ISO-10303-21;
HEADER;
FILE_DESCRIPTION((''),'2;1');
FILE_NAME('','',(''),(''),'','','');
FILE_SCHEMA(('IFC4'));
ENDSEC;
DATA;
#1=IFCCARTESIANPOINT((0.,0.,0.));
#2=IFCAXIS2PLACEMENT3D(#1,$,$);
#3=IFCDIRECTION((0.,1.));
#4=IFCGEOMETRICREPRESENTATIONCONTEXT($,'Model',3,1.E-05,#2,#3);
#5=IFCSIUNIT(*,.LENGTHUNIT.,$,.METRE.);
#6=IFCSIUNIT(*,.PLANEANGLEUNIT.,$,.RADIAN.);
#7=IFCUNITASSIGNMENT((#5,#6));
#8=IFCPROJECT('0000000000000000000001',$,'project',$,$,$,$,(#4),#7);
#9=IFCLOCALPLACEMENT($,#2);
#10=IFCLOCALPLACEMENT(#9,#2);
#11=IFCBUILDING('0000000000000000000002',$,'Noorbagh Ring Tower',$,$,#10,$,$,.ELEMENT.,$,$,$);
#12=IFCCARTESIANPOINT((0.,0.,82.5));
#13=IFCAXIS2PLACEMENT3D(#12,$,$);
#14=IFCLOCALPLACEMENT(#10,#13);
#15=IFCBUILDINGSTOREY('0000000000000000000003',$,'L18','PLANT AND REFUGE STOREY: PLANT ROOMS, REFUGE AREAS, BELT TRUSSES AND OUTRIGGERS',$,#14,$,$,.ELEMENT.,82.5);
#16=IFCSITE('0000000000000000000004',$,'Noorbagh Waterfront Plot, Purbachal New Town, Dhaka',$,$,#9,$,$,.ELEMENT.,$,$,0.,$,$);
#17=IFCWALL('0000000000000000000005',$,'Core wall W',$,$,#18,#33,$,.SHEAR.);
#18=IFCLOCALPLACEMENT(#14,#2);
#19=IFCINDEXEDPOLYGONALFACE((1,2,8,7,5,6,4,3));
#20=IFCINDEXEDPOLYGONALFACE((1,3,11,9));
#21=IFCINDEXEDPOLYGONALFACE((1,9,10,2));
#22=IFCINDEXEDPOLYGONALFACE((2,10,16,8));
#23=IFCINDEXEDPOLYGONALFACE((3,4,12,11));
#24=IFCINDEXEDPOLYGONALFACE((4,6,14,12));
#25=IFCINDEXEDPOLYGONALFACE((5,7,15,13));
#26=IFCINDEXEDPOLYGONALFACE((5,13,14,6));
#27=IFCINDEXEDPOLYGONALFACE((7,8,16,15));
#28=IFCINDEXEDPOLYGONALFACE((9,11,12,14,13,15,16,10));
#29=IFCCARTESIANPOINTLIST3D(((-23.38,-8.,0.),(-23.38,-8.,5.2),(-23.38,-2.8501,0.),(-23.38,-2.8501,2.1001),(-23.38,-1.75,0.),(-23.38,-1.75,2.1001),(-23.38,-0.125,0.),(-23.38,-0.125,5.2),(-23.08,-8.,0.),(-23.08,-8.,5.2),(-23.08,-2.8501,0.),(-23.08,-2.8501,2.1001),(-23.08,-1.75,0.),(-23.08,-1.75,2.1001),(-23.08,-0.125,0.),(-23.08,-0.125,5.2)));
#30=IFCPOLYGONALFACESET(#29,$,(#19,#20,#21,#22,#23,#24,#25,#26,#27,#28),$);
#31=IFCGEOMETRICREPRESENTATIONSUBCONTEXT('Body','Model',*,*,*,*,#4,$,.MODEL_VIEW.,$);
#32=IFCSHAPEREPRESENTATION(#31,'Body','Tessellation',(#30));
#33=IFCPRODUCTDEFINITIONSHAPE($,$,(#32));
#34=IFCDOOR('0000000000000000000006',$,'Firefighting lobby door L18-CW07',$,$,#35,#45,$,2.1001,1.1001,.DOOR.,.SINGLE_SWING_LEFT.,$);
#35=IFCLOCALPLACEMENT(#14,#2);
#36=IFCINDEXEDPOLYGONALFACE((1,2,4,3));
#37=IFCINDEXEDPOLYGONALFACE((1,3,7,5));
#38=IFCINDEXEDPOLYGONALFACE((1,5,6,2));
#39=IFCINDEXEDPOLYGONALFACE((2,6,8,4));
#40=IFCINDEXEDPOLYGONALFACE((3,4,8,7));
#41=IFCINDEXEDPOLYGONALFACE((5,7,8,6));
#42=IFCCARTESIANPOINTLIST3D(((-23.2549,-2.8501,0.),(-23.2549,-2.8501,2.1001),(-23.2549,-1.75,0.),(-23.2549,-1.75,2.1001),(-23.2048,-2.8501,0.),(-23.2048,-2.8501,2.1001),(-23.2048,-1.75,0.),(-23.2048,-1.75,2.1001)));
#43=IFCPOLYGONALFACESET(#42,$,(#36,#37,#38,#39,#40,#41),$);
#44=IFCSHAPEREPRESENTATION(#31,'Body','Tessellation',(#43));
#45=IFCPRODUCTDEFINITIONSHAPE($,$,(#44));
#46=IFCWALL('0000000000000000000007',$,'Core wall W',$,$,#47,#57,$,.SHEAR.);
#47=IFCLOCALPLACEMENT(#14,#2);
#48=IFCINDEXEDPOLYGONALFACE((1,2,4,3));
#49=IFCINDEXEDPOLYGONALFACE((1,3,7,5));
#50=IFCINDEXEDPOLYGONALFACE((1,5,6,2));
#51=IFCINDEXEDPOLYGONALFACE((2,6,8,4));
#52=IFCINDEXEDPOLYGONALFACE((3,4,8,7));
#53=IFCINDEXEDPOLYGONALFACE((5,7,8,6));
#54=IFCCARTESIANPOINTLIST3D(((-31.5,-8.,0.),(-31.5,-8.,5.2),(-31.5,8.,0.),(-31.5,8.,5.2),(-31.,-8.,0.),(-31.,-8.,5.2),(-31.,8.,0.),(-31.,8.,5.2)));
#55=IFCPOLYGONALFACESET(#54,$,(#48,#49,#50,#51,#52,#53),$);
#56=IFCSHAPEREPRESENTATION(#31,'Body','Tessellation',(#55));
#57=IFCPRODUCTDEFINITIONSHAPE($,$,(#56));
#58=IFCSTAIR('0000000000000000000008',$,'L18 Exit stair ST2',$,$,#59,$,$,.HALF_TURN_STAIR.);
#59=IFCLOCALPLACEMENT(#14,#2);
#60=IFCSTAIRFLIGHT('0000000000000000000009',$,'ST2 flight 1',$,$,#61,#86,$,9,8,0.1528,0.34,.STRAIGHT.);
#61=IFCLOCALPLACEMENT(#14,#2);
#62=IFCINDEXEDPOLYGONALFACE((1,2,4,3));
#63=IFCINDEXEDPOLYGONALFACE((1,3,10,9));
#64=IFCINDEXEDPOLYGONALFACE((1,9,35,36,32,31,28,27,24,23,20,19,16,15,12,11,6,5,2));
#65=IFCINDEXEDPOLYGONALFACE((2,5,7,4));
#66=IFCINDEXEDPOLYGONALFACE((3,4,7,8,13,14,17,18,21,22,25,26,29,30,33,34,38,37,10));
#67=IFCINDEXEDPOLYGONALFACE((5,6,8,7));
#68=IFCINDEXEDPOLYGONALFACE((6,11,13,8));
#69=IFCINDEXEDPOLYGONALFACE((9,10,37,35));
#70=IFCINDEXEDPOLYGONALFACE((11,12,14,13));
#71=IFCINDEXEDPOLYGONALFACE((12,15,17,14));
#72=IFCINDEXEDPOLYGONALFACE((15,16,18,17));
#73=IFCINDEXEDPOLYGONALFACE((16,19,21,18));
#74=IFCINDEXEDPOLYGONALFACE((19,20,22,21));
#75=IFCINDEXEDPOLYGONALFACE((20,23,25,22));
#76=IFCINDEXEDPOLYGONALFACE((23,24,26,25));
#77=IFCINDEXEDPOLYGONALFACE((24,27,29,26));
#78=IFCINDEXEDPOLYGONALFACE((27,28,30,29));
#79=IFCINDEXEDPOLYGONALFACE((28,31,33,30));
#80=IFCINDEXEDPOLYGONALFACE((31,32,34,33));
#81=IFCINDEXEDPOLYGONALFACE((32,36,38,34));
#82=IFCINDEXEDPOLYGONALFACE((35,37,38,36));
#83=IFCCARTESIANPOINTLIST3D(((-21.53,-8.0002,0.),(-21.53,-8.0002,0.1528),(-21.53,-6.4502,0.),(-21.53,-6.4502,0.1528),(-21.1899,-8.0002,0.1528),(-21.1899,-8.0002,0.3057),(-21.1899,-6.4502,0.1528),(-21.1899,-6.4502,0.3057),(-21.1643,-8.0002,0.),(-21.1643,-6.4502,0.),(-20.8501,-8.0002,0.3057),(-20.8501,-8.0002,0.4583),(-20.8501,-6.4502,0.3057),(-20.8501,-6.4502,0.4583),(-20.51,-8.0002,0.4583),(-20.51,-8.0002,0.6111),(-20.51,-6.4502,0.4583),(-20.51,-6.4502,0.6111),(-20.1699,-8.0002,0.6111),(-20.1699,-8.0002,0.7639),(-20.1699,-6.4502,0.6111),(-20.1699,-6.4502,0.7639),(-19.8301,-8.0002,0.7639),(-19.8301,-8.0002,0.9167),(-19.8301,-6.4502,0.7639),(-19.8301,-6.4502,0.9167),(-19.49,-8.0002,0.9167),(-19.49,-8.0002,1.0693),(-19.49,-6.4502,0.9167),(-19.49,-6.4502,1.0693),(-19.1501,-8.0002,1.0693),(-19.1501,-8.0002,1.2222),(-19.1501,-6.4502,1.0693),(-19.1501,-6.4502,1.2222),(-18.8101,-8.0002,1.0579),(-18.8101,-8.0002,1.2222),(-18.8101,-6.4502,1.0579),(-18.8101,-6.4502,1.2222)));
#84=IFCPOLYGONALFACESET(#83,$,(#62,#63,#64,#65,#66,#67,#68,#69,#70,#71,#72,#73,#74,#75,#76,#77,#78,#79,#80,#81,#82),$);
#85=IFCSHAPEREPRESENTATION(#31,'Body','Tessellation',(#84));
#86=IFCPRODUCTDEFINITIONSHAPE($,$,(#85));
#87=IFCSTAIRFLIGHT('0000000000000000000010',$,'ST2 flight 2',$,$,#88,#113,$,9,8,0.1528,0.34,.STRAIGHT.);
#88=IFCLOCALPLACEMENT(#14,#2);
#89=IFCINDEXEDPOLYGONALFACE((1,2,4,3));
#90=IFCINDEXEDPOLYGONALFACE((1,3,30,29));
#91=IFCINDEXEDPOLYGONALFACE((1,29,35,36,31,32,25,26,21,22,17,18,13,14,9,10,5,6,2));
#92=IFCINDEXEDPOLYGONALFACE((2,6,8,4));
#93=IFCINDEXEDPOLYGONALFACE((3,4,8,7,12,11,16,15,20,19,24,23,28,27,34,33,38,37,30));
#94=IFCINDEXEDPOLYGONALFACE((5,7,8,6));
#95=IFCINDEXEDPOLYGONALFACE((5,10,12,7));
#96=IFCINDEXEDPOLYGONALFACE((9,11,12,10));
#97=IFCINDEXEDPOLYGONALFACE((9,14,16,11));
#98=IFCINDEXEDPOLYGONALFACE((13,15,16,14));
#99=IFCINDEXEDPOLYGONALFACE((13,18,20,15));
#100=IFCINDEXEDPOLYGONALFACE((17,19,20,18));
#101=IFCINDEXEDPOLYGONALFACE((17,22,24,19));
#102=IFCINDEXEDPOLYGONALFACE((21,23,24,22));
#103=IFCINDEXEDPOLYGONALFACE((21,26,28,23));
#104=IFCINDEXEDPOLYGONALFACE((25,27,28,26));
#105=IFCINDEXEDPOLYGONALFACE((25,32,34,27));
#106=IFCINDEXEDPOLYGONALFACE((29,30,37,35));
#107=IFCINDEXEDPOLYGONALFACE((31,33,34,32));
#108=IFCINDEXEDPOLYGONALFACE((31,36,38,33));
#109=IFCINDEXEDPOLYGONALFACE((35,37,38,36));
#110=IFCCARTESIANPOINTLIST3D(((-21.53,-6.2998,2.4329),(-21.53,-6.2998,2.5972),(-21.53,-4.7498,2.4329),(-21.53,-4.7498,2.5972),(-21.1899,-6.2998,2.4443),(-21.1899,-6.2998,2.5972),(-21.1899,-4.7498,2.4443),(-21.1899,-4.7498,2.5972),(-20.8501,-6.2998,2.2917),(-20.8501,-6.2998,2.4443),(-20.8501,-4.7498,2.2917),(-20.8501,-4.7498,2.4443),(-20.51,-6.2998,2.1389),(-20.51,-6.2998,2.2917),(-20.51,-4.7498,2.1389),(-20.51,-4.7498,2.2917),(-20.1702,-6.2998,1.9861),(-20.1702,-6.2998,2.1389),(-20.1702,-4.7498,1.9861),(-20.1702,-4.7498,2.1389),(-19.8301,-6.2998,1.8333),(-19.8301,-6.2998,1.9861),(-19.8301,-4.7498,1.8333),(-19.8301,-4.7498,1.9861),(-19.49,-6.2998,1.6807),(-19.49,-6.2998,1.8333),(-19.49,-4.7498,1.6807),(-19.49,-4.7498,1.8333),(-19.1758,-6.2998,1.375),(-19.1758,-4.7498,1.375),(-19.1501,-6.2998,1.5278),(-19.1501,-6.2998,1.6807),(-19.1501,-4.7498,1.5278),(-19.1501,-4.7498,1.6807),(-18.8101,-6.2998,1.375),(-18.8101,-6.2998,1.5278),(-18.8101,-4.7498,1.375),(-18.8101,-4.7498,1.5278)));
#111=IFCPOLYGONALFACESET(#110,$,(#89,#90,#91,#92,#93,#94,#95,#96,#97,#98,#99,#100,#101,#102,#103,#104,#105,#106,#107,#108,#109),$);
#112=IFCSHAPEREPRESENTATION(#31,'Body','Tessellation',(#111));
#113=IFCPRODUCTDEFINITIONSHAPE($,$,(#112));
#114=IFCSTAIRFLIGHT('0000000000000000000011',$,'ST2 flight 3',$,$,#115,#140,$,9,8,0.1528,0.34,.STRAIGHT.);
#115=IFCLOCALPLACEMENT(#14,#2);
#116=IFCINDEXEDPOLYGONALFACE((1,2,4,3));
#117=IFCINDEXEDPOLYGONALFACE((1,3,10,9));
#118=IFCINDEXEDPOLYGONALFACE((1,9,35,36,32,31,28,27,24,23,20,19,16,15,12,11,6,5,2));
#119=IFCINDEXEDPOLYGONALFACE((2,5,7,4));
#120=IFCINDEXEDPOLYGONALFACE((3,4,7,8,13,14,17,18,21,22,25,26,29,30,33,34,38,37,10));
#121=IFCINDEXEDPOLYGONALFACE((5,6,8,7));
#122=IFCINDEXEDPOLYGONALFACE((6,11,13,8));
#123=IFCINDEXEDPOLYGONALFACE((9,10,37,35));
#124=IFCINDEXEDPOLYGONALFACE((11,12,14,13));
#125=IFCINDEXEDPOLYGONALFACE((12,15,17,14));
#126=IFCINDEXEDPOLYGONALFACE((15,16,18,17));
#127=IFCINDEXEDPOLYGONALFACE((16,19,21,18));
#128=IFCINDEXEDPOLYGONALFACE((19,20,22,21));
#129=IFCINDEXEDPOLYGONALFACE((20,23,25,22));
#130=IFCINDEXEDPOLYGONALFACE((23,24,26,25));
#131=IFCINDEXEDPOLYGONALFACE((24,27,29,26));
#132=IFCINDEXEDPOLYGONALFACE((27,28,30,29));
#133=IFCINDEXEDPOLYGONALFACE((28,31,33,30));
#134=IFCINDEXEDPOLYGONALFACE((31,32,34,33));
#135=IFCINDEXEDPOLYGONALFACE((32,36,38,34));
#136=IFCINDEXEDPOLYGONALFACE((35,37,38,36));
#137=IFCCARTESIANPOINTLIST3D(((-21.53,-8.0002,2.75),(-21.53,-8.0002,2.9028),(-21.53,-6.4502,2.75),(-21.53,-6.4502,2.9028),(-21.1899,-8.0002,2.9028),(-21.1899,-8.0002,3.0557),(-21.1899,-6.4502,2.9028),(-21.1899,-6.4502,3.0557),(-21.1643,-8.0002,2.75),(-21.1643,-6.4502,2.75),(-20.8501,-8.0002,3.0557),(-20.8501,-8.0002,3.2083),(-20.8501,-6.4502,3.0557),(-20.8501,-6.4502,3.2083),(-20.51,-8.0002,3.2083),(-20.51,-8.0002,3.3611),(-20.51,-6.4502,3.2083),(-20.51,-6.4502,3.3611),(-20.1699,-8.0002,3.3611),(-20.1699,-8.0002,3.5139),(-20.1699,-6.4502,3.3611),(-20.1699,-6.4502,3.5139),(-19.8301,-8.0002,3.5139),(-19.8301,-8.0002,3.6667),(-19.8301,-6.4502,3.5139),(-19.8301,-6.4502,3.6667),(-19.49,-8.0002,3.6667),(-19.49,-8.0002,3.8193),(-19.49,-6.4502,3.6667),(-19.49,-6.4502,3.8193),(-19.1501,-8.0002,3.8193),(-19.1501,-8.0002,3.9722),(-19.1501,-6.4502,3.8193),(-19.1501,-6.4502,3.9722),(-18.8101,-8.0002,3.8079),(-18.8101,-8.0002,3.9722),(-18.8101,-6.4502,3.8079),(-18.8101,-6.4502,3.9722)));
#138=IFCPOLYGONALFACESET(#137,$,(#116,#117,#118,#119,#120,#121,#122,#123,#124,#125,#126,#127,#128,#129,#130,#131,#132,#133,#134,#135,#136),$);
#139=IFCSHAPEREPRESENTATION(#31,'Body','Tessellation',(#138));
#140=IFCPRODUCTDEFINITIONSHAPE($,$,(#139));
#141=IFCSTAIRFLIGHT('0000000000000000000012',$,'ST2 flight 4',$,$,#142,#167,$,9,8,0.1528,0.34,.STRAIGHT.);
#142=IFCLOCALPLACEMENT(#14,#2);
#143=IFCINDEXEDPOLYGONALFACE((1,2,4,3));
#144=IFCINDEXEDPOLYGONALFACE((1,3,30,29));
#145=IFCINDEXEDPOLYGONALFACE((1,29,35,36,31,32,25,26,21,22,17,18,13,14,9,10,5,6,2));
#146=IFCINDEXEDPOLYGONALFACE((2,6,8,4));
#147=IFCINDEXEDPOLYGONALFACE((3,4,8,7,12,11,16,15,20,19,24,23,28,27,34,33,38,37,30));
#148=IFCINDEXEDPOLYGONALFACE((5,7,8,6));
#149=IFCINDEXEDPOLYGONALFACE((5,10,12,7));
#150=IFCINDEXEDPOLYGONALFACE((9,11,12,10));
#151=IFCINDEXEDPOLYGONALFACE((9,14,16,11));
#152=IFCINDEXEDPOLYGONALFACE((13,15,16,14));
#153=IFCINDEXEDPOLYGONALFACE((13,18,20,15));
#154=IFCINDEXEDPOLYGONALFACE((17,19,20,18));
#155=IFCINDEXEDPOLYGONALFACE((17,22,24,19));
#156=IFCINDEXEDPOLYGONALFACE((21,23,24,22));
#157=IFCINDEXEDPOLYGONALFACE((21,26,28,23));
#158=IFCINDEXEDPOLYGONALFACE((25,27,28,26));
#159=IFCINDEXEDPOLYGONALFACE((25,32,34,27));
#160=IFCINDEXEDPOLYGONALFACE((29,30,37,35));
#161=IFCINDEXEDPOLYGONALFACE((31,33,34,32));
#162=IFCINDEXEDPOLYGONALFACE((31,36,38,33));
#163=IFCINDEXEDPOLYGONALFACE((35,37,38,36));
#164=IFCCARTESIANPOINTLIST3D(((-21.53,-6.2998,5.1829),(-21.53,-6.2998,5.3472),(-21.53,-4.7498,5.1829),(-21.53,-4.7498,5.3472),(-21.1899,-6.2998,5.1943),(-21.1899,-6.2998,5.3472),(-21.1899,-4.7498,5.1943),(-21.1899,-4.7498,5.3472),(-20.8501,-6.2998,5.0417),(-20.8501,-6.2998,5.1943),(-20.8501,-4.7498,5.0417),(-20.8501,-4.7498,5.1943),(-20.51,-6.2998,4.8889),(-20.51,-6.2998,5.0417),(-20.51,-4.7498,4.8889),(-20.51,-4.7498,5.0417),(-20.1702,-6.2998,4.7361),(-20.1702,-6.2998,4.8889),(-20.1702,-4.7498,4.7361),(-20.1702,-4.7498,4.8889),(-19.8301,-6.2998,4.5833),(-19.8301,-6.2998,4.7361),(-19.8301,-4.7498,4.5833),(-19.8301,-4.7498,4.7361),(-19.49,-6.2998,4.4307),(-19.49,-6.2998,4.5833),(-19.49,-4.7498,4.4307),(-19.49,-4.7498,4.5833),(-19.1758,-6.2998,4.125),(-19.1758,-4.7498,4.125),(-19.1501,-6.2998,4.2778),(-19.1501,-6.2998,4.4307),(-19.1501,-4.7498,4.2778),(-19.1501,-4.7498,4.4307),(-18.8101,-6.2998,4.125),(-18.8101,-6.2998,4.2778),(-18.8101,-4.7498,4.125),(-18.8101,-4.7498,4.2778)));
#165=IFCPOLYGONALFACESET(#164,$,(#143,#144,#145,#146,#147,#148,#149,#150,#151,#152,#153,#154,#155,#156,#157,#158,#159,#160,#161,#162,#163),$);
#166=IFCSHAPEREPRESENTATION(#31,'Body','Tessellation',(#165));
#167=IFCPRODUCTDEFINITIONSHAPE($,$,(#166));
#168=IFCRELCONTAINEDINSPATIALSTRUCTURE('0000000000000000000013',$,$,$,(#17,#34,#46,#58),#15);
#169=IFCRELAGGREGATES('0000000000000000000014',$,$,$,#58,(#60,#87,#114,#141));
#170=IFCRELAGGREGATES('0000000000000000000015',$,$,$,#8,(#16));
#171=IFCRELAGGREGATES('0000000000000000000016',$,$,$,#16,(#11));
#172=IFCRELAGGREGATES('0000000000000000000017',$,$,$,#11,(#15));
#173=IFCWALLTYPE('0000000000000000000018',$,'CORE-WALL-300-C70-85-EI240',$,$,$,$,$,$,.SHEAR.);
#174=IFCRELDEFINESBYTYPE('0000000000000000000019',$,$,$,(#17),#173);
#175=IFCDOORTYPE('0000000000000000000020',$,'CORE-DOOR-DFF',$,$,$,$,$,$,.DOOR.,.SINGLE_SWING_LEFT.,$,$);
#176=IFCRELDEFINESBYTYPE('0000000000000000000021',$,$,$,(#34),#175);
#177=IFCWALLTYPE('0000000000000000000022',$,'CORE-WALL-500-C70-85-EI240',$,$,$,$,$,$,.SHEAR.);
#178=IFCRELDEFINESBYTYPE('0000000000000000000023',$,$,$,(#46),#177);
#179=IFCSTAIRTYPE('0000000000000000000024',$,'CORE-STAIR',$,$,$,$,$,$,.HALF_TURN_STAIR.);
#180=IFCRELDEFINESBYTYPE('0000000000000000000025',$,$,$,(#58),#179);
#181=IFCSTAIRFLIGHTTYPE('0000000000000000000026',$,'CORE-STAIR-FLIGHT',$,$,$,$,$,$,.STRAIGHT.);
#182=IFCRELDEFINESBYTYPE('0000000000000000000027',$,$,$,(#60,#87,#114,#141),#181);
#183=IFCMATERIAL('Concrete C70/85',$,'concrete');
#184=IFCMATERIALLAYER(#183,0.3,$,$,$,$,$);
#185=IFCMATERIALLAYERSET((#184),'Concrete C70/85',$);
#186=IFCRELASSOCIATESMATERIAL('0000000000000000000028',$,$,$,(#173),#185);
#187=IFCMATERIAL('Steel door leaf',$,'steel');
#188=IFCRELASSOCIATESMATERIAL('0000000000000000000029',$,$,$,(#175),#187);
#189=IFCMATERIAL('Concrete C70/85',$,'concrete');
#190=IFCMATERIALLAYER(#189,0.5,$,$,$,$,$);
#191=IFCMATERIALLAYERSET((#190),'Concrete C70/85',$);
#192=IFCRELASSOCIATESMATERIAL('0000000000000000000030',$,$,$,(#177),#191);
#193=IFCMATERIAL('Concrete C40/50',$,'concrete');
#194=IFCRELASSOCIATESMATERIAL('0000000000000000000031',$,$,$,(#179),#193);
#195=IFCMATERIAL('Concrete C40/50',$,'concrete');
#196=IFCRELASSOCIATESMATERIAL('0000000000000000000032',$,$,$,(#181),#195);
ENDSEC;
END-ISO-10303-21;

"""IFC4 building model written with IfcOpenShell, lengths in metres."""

from ifc_helpers import new_model, si_unit, direction, frame, frame_2d, origin, place, context, subcontext, project, spatial, polyline, rectangle, outline, extrude, material, layer, layer_set, type_object, element, fill, aggregate, save


model = new_model("IFC4")

# Units and contexts
model_context = context("Model", 3, precision=1e-05, world=origin(), true_north=direction((0.0, 1.0)))
body_context = subcontext(model_context, "Body", "Model", "MODEL_VIEW")
ifc_project = project(units=[si_unit("LENGTHUNIT", "METRE"), si_unit("PLANEANGLEUNIT", "RADIAN")], contexts=[model_context])

# Site, building, storey
site_placement = place(None, origin())
site = spatial("IfcSite", under=ifc_project, at=site_placement, Name="Noorbagh Waterfront Plot, Purbachal New Town, Dhaka", CompositionType="ELEMENT", RefElevation=0.0)
building_placement = place(site_placement, origin())
building = spatial("IfcBuilding", under=site, at=building_placement, Name="Noorbagh Ring Tower", CompositionType="ELEMENT")
storey_placement = place(building_placement, frame((0.0, 0.0, 82.5)))
storey = spatial("IfcBuildingStorey", under=building, at=storey_placement, Name="L18", Description="PLANT AND REFUGE STOREY: PLANT ROOMS, REFUGE AREAS, BELT TRUSSES AND OUTRIGGERS", CompositionType="ELEMENT", Elevation=82.5)

# Shared definitions
ifc_material_1 = material(Name="Concrete C70/85", Category="concrete")
ifc_layer_1 = layer(ifc_material_1, 0.3)
ifc_layer_set_1 = layer_set([ifc_layer_1], Name="Concrete C70/85")
wall_type_1 = type_object("IfcWallType", Name="CORE-WALL-300-C70-85-EI240", PredefinedType="SHEAR", material=ifc_layer_set_1)

# Wall, opening, door
wall_1_placement = place(storey_placement, frame((-23.23, -8.0, 0.0), z_axis=(0.0, 0.0, 1.0), x_axis=(0.0, 1.0, 0.0)))
wall_1 = element("IfcWall", 1, at=wall_1_placement, inside=storey, type_object=wall_type_1, Name="Core wall W", PredefinedType="SHEAR", context=body_context, shape_type="SweptSolid", body=[
    extrude(rectangle(XDim=7.875, YDim=0.3, at=frame_2d((3.9375, 0.0))), origin(), (0.0, 0.0, 1.0), 5.2),
])
opening_1_placement = place(wall_1_placement, frame((5.1499, 0.0, 0.0)))
opening_1 = element("IfcOpeningElement", 2, at=opening_1_placement, cuts=wall_1, PredefinedType="OPENING", context=body_context, shape_type="SweptSolid", body=[
    extrude(rectangle(XDim=1.1001, YDim=2.1001, at=frame_2d((0.55, 1.05))), frame((0.0, 0.1602, 0.0), z_axis=(0.0, -1.0, 0.0), x_axis=(1.0, 0.0, 0.0)), (0.0, 0.0, 1.0), 0.3201),
])
ifc_material_2 = material(Name="Steel door leaf", Category="steel")
door_type_1 = type_object("IfcDoorType", Name="CORE-DOOR-DFF", OperationType="SINGLE_SWING_LEFT", PredefinedType="DOOR", material=ifc_material_2)
door_1_placement = place(opening_1_placement, origin())
door_1 = element("IfcDoor", 3, at=door_1_placement, inside=storey, type_object=door_type_1, Name="Firefighting lobby door L18-CW07", OperationType="SINGLE_SWING_LEFT", OverallHeight=2.1001, OverallWidth=1.1001, PredefinedType="DOOR", context=body_context, shape_type="SweptSolid", body=[
    extrude(rectangle(XDim=1.1001, YDim=2.1001, at=frame_2d((0.55, 1.05))), frame((0.0, 0.0249, 0.0), z_axis=(0.0, -1.0, 0.0), x_axis=(1.0, 0.0, 0.0)), (0.0, 0.0, 1.0), 0.05),
])
fill(opening_1, door_1)

# Wall
ifc_material_3 = material(Name="Concrete C70/85", Category="concrete")
ifc_layer_2 = layer(ifc_material_3, 0.5)
ifc_layer_set_2 = layer_set([ifc_layer_2], Name="Concrete C70/85")
wall_type_2 = type_object("IfcWallType", Name="CORE-WALL-500-C70-85-EI240", PredefinedType="SHEAR", material=ifc_layer_set_2)
wall_2_placement = place(storey_placement, frame((-31.25, -8.0, 0.0), z_axis=(0.0, 0.0, 1.0), x_axis=(0.0, 1.0, 0.0)))
element("IfcWall", 4, at=wall_2_placement, inside=storey, type_object=wall_type_2, Name="Core wall W", PredefinedType="SHEAR", context=body_context, shape_type="SweptSolid", body=[
    extrude(rectangle(XDim=16.0, YDim=0.5, at=frame_2d((8.0, 0.0))), origin(), (0.0, 0.0, 1.0), 5.2),
])

# Stair, stair flights
ifc_material_4 = material(Name="Concrete C40/50", Category="concrete")
stair_type = type_object("IfcStairType", Name="CORE-STAIR", PredefinedType="HALF_TURN_STAIR", material=ifc_material_4)
stair_placement = place(storey_placement, origin())
stair = element("IfcStair", 5, at=stair_placement, inside=storey, type_object=stair_type, Name="L18 Exit stair ST2", PredefinedType="HALF_TURN_STAIR")
ifc_material_5 = material(Name="Concrete C40/50", Category="concrete")
stair_flight_type = type_object("IfcStairFlightType", Name="CORE-STAIR-FLIGHT", PredefinedType="STRAIGHT", material=ifc_material_5)
stair_flight_1_placement = place(storey_placement, frame((-21.53, -7.2251, 0.0), z_axis=(0.0, 0.0, 1.0), x_axis=(1.0, 0.0, 0.0)))
stair_flight_1 = element("IfcStairFlight", 6, at=stair_flight_1_placement, type_object=stair_flight_type, Name="ST2 flight 1", NumberOfRisers=9, NumberOfTreads=8, PredefinedType="STRAIGHT", RiserHeight=0.1528, TreadLength=0.34, context=body_context, shape_type="SweptSolid", body=[
    extrude(outline(polyline([(0.0, 0.0), (0.0, 0.1528), (0.3401, 0.1528), (0.3401, 0.3057), (0.6799, 0.3057), (0.6799, 0.4583), (1.02, 0.4583), (1.02, 0.6111), (1.3601, 0.6111), (1.3601, 0.7639), (1.7, 0.7639), (1.7, 0.9167), (2.04, 0.9167), (2.04, 1.0693), (2.3799, 1.0693), (2.3799, 1.2222), (2.72, 1.2222), (2.72, 1.375), (2.72, 1.0579), (0.3657, 0.0), (0.0, 0.0)])), frame((0.0, 0.7749, 0.0), z_axis=(0.0, -1.0, 0.0), x_axis=(1.0, 0.0, 0.0)), (0.0, 0.0, 1.0), 1.55),
])
stair_flight_2_placement = place(storey_placement, frame((-18.8101, -5.5249, 1.375), z_axis=(0.0, 0.0, 1.0), x_axis=(-1.0, 0.0, 0.0)))
stair_flight_2 = element("IfcStairFlight", 7, at=stair_flight_2_placement, type_object=stair_flight_type, Name="ST2 flight 2", NumberOfRisers=9, NumberOfTreads=8, PredefinedType="STRAIGHT", RiserHeight=0.1528, TreadLength=0.34, context=body_context, shape_type="SweptSolid", body=[
    extrude(outline(polyline([(0.0, 0.0), (0.0, 0.1528), (0.3401, 0.1528), (0.3401, 0.3057), (0.6799, 0.3057), (0.6799, 0.4583), (1.02, 0.4583), (1.02, 0.6111), (1.3601, 0.6111), (1.3601, 0.7639), (1.7, 0.7639), (1.7, 0.9167), (2.04, 0.9167), (2.04, 1.0693), (2.3799, 1.0693), (2.3799, 1.2222), (2.72, 1.2222), (2.72, 1.375), (2.72, 1.0579), (0.3657, 0.0), (0.0, 0.0)])), frame((0.0, 0.7749, 0.0), z_axis=(0.0, -1.0, 0.0), x_axis=(1.0, 0.0, 0.0)), (0.0, 0.0, 1.0), 1.55),
])
stair_flight_3_placement = place(storey_placement, frame((-21.53, -7.2251, 2.75), z_axis=(0.0, 0.0, 1.0), x_axis=(1.0, 0.0, 0.0)))
stair_flight_3 = element("IfcStairFlight", 8, at=stair_flight_3_placement, type_object=stair_flight_type, Name="ST2 flight 3", NumberOfRisers=9, NumberOfTreads=8, PredefinedType="STRAIGHT", RiserHeight=0.1528, TreadLength=0.34, context=body_context, shape_type="SweptSolid", body=[
    extrude(outline(polyline([(0.0, 0.0), (0.0, 0.1528), (0.3401, 0.1528), (0.3401, 0.3057), (0.6799, 0.3057), (0.6799, 0.4583), (1.02, 0.4583), (1.02, 0.6111), (1.3601, 0.6111), (1.3601, 0.7639), (1.7, 0.7639), (1.7, 0.9167), (2.04, 0.9167), (2.04, 1.0693), (2.3799, 1.0693), (2.3799, 1.2222), (2.72, 1.2222), (2.72, 1.375), (2.72, 1.0579), (0.3657, 0.0), (0.0, 0.0)])), frame((0.0, 0.7749, 0.0), z_axis=(0.0, -1.0, 0.0), x_axis=(1.0, 0.0, 0.0)), (0.0, 0.0, 1.0), 1.55),
])
stair_flight_4_placement = place(storey_placement, frame((-18.8101, -5.5249, 4.125), z_axis=(0.0, 0.0, 1.0), x_axis=(-1.0, 0.0, 0.0)))
stair_flight_4 = element("IfcStairFlight", 9, at=stair_flight_4_placement, type_object=stair_flight_type, Name="ST2 flight 4", NumberOfRisers=9, NumberOfTreads=8, PredefinedType="STRAIGHT", RiserHeight=0.1528, TreadLength=0.34, context=body_context, shape_type="SweptSolid", body=[
    extrude(outline(polyline([(0.0, 0.0), (0.0, 0.1528), (0.3401, 0.1528), (0.3401, 0.3057), (0.6799, 0.3057), (0.6799, 0.4583), (1.02, 0.4583), (1.02, 0.6111), (1.3601, 0.6111), (1.3601, 0.7639), (1.7, 0.7639), (1.7, 0.9167), (2.04, 0.9167), (2.04, 1.0693), (2.3799, 1.0693), (2.3799, 1.2222), (2.72, 1.2222), (2.72, 1.375), (2.72, 1.0579), (0.3657, 0.0), (0.0, 0.0)])), frame((0.0, 0.7749, 0.0), z_axis=(0.0, -1.0, 0.0), x_axis=(1.0, 0.0, 0.0)), (0.0, 0.0, 1.0), 1.55),
])
aggregate(stair, [stair_flight_1, stair_flight_2, stair_flight_3, stair_flight_4])

save(model, "model.ifc")
